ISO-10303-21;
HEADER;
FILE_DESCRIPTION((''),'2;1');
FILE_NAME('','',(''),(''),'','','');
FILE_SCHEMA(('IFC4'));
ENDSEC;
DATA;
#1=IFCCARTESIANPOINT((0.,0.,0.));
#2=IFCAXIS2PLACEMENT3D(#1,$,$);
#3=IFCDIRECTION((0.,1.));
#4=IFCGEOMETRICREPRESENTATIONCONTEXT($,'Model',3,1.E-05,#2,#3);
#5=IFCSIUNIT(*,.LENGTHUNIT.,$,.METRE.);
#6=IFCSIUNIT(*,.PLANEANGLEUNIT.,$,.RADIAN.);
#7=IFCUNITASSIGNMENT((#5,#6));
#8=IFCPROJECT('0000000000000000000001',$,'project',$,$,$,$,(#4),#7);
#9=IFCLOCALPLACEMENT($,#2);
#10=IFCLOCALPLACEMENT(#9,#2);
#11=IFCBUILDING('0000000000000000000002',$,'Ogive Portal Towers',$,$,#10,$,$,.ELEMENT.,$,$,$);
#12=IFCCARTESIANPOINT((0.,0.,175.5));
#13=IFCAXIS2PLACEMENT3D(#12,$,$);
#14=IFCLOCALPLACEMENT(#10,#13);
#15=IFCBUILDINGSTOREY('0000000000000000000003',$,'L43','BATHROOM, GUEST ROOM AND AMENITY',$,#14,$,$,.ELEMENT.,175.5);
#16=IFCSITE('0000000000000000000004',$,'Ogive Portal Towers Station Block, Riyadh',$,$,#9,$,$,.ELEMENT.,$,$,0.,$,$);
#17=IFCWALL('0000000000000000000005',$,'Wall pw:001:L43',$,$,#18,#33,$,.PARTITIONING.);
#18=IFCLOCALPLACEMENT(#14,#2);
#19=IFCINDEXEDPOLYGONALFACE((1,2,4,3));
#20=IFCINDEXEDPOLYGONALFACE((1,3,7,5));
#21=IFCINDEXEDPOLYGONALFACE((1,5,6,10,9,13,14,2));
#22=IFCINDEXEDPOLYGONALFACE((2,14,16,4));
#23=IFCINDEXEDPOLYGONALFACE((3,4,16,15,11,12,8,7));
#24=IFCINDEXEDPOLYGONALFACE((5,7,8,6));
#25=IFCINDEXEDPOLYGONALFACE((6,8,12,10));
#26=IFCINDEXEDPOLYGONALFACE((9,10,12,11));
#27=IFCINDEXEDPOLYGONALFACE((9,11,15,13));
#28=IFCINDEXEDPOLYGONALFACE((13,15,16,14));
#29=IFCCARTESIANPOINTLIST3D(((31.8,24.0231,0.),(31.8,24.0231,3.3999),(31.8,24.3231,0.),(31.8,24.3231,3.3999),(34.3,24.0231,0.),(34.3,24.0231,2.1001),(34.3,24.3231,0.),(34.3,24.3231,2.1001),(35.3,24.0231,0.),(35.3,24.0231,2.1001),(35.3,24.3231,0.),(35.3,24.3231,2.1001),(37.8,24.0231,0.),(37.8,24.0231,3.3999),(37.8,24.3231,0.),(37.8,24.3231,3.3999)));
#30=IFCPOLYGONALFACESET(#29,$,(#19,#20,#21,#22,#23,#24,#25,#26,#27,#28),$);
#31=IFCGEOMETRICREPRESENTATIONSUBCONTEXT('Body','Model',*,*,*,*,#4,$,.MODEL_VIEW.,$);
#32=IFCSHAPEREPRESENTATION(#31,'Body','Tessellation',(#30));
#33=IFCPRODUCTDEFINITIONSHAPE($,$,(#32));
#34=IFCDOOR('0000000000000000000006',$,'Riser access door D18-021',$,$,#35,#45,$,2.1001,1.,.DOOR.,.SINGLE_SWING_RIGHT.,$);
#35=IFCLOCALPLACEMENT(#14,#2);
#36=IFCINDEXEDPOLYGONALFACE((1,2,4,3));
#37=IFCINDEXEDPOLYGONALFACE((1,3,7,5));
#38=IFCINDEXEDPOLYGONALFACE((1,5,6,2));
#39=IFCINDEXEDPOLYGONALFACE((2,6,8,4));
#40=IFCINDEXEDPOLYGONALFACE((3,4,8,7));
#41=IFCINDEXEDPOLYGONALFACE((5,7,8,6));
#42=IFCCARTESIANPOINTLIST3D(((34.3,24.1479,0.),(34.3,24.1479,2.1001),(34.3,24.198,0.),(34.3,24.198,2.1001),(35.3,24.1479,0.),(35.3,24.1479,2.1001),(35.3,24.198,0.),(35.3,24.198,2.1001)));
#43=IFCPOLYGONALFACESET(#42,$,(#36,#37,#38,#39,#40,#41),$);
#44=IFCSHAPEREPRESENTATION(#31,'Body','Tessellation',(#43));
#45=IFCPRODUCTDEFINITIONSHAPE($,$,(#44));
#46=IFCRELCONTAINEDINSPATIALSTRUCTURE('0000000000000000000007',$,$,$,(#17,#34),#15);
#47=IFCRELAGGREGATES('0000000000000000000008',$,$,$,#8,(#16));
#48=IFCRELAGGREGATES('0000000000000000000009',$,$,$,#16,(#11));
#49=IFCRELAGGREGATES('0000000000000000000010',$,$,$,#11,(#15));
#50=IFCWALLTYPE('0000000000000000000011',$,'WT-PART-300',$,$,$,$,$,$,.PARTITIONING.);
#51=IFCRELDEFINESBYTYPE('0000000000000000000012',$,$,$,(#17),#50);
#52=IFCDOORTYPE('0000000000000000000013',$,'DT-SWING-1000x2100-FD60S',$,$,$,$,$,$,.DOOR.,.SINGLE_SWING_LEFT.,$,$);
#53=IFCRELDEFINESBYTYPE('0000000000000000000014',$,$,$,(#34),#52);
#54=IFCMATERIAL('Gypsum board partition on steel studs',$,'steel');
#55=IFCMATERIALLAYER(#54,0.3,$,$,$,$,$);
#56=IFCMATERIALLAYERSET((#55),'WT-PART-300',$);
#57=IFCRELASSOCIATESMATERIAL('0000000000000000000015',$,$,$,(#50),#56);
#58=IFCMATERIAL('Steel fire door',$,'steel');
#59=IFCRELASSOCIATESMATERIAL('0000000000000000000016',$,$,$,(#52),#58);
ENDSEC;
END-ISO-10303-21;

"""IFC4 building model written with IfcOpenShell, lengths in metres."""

from ifc_helpers import new_model, si_unit, direction, frame, frame_2d, origin, place, context, subcontext, project, spatial, rectangle, extrude, material, layer, layer_set, type_object, element, fill, save


model = new_model("IFC4")

# Units and contexts
model_context = context("Model", 3, precision=1e-05, world=origin(), true_north=direction((0.0, 1.0)))
body_context = subcontext(model_context, "Body", "Model", "MODEL_VIEW")
ifc_project = project(units=[si_unit("LENGTHUNIT", "METRE"), si_unit("PLANEANGLEUNIT", "RADIAN")], contexts=[model_context])

# Site, building, storey
site_placement = place(None, origin())
site = spatial("IfcSite", under=ifc_project, at=site_placement, Name="Ogive Portal Towers Station Block, Riyadh", CompositionType="ELEMENT", RefElevation=0.0)
building_placement = place(site_placement, origin())
building = spatial("IfcBuilding", under=site, at=building_placement, Name="Ogive Portal Towers", CompositionType="ELEMENT")
storey_placement = place(building_placement, frame((0.0, 0.0, 175.5)))
storey = spatial("IfcBuildingStorey", under=building, at=storey_placement, Name="L43", Description="BATHROOM, GUEST ROOM AND AMENITY", CompositionType="ELEMENT", Elevation=175.5)

# Shared definitions
ifc_material_1 = material(Name="Steel fire door", Category="steel")

# Wall, opening, door
ifc_material_2 = material(Name="Gypsum board partition on steel studs", Category="steel")
ifc_layer_1 = layer(ifc_material_2, 0.3)
ifc_layer_set_1 = layer_set([ifc_layer_1], Name="WT-PART-300")
wall_type_1 = type_object("IfcWallType", Name="WT-PART-300", PredefinedType="PARTITIONING", material=ifc_layer_set_1)
wall_1_placement = place(storey_placement, frame((31.8, 24.1731, 0.0), z_axis=(0.0, 0.0, 1.0), x_axis=(1.0, 0.0, 0.0)))
wall_1 = element("IfcWall", 1, at=wall_1_placement, inside=storey, type_object=wall_type_1, Name="Wall pw:001:L43", PredefinedType="PARTITIONING", context=body_context, shape_type="SweptSolid", body=[
    extrude(rectangle(XDim=6.0, YDim=0.3, at=frame_2d((3.0, 0.0))), origin(), (0.0, 0.0, 1.0), 3.3999),
])
opening_1_placement = place(wall_1_placement, frame((2.5, 0.0, 0.0)))
opening_1 = element("IfcOpeningElement", 2, at=opening_1_placement, cuts=wall_1, PredefinedType="OPENING", context=body_context, shape_type="SweptSolid", body=[
    extrude(rectangle(XDim=1.0, YDim=2.1001, at=frame_2d((0.5, 1.05))), frame((0.0, 0.1602, 0.0), z_axis=(0.0, -1.0, 0.0), x_axis=(1.0, 0.0, 0.0)), (0.0, 0.0, 1.0), 0.3201),
])
door_type_1 = type_object("IfcDoorType", Name="DT-SWING-1000x2100-FD60S", OperationType="SINGLE_SWING_LEFT", PredefinedType="DOOR", material=ifc_material_1)
door_1_placement = place(opening_1_placement, origin())
door_1 = element("IfcDoor", 3, at=door_1_placement, inside=storey, type_object=door_type_1, Name="Riser access door D18-021", OperationType="SINGLE_SWING_RIGHT", OverallHeight=2.1001, OverallWidth=1.0, PredefinedType="DOOR", context=body_context, shape_type="SweptSolid", body=[
    extrude(rectangle(XDim=1.0, YDim=2.1001, at=frame_2d((0.5, 1.05))), frame((0.0, 0.0249, 0.0), z_axis=(0.0, -1.0, 0.0), x_axis=(1.0, 0.0, 0.0)), (0.0, 0.0, 1.0), 0.05),
])
fill(opening_1, door_1)

save(model, "model.ifc")
